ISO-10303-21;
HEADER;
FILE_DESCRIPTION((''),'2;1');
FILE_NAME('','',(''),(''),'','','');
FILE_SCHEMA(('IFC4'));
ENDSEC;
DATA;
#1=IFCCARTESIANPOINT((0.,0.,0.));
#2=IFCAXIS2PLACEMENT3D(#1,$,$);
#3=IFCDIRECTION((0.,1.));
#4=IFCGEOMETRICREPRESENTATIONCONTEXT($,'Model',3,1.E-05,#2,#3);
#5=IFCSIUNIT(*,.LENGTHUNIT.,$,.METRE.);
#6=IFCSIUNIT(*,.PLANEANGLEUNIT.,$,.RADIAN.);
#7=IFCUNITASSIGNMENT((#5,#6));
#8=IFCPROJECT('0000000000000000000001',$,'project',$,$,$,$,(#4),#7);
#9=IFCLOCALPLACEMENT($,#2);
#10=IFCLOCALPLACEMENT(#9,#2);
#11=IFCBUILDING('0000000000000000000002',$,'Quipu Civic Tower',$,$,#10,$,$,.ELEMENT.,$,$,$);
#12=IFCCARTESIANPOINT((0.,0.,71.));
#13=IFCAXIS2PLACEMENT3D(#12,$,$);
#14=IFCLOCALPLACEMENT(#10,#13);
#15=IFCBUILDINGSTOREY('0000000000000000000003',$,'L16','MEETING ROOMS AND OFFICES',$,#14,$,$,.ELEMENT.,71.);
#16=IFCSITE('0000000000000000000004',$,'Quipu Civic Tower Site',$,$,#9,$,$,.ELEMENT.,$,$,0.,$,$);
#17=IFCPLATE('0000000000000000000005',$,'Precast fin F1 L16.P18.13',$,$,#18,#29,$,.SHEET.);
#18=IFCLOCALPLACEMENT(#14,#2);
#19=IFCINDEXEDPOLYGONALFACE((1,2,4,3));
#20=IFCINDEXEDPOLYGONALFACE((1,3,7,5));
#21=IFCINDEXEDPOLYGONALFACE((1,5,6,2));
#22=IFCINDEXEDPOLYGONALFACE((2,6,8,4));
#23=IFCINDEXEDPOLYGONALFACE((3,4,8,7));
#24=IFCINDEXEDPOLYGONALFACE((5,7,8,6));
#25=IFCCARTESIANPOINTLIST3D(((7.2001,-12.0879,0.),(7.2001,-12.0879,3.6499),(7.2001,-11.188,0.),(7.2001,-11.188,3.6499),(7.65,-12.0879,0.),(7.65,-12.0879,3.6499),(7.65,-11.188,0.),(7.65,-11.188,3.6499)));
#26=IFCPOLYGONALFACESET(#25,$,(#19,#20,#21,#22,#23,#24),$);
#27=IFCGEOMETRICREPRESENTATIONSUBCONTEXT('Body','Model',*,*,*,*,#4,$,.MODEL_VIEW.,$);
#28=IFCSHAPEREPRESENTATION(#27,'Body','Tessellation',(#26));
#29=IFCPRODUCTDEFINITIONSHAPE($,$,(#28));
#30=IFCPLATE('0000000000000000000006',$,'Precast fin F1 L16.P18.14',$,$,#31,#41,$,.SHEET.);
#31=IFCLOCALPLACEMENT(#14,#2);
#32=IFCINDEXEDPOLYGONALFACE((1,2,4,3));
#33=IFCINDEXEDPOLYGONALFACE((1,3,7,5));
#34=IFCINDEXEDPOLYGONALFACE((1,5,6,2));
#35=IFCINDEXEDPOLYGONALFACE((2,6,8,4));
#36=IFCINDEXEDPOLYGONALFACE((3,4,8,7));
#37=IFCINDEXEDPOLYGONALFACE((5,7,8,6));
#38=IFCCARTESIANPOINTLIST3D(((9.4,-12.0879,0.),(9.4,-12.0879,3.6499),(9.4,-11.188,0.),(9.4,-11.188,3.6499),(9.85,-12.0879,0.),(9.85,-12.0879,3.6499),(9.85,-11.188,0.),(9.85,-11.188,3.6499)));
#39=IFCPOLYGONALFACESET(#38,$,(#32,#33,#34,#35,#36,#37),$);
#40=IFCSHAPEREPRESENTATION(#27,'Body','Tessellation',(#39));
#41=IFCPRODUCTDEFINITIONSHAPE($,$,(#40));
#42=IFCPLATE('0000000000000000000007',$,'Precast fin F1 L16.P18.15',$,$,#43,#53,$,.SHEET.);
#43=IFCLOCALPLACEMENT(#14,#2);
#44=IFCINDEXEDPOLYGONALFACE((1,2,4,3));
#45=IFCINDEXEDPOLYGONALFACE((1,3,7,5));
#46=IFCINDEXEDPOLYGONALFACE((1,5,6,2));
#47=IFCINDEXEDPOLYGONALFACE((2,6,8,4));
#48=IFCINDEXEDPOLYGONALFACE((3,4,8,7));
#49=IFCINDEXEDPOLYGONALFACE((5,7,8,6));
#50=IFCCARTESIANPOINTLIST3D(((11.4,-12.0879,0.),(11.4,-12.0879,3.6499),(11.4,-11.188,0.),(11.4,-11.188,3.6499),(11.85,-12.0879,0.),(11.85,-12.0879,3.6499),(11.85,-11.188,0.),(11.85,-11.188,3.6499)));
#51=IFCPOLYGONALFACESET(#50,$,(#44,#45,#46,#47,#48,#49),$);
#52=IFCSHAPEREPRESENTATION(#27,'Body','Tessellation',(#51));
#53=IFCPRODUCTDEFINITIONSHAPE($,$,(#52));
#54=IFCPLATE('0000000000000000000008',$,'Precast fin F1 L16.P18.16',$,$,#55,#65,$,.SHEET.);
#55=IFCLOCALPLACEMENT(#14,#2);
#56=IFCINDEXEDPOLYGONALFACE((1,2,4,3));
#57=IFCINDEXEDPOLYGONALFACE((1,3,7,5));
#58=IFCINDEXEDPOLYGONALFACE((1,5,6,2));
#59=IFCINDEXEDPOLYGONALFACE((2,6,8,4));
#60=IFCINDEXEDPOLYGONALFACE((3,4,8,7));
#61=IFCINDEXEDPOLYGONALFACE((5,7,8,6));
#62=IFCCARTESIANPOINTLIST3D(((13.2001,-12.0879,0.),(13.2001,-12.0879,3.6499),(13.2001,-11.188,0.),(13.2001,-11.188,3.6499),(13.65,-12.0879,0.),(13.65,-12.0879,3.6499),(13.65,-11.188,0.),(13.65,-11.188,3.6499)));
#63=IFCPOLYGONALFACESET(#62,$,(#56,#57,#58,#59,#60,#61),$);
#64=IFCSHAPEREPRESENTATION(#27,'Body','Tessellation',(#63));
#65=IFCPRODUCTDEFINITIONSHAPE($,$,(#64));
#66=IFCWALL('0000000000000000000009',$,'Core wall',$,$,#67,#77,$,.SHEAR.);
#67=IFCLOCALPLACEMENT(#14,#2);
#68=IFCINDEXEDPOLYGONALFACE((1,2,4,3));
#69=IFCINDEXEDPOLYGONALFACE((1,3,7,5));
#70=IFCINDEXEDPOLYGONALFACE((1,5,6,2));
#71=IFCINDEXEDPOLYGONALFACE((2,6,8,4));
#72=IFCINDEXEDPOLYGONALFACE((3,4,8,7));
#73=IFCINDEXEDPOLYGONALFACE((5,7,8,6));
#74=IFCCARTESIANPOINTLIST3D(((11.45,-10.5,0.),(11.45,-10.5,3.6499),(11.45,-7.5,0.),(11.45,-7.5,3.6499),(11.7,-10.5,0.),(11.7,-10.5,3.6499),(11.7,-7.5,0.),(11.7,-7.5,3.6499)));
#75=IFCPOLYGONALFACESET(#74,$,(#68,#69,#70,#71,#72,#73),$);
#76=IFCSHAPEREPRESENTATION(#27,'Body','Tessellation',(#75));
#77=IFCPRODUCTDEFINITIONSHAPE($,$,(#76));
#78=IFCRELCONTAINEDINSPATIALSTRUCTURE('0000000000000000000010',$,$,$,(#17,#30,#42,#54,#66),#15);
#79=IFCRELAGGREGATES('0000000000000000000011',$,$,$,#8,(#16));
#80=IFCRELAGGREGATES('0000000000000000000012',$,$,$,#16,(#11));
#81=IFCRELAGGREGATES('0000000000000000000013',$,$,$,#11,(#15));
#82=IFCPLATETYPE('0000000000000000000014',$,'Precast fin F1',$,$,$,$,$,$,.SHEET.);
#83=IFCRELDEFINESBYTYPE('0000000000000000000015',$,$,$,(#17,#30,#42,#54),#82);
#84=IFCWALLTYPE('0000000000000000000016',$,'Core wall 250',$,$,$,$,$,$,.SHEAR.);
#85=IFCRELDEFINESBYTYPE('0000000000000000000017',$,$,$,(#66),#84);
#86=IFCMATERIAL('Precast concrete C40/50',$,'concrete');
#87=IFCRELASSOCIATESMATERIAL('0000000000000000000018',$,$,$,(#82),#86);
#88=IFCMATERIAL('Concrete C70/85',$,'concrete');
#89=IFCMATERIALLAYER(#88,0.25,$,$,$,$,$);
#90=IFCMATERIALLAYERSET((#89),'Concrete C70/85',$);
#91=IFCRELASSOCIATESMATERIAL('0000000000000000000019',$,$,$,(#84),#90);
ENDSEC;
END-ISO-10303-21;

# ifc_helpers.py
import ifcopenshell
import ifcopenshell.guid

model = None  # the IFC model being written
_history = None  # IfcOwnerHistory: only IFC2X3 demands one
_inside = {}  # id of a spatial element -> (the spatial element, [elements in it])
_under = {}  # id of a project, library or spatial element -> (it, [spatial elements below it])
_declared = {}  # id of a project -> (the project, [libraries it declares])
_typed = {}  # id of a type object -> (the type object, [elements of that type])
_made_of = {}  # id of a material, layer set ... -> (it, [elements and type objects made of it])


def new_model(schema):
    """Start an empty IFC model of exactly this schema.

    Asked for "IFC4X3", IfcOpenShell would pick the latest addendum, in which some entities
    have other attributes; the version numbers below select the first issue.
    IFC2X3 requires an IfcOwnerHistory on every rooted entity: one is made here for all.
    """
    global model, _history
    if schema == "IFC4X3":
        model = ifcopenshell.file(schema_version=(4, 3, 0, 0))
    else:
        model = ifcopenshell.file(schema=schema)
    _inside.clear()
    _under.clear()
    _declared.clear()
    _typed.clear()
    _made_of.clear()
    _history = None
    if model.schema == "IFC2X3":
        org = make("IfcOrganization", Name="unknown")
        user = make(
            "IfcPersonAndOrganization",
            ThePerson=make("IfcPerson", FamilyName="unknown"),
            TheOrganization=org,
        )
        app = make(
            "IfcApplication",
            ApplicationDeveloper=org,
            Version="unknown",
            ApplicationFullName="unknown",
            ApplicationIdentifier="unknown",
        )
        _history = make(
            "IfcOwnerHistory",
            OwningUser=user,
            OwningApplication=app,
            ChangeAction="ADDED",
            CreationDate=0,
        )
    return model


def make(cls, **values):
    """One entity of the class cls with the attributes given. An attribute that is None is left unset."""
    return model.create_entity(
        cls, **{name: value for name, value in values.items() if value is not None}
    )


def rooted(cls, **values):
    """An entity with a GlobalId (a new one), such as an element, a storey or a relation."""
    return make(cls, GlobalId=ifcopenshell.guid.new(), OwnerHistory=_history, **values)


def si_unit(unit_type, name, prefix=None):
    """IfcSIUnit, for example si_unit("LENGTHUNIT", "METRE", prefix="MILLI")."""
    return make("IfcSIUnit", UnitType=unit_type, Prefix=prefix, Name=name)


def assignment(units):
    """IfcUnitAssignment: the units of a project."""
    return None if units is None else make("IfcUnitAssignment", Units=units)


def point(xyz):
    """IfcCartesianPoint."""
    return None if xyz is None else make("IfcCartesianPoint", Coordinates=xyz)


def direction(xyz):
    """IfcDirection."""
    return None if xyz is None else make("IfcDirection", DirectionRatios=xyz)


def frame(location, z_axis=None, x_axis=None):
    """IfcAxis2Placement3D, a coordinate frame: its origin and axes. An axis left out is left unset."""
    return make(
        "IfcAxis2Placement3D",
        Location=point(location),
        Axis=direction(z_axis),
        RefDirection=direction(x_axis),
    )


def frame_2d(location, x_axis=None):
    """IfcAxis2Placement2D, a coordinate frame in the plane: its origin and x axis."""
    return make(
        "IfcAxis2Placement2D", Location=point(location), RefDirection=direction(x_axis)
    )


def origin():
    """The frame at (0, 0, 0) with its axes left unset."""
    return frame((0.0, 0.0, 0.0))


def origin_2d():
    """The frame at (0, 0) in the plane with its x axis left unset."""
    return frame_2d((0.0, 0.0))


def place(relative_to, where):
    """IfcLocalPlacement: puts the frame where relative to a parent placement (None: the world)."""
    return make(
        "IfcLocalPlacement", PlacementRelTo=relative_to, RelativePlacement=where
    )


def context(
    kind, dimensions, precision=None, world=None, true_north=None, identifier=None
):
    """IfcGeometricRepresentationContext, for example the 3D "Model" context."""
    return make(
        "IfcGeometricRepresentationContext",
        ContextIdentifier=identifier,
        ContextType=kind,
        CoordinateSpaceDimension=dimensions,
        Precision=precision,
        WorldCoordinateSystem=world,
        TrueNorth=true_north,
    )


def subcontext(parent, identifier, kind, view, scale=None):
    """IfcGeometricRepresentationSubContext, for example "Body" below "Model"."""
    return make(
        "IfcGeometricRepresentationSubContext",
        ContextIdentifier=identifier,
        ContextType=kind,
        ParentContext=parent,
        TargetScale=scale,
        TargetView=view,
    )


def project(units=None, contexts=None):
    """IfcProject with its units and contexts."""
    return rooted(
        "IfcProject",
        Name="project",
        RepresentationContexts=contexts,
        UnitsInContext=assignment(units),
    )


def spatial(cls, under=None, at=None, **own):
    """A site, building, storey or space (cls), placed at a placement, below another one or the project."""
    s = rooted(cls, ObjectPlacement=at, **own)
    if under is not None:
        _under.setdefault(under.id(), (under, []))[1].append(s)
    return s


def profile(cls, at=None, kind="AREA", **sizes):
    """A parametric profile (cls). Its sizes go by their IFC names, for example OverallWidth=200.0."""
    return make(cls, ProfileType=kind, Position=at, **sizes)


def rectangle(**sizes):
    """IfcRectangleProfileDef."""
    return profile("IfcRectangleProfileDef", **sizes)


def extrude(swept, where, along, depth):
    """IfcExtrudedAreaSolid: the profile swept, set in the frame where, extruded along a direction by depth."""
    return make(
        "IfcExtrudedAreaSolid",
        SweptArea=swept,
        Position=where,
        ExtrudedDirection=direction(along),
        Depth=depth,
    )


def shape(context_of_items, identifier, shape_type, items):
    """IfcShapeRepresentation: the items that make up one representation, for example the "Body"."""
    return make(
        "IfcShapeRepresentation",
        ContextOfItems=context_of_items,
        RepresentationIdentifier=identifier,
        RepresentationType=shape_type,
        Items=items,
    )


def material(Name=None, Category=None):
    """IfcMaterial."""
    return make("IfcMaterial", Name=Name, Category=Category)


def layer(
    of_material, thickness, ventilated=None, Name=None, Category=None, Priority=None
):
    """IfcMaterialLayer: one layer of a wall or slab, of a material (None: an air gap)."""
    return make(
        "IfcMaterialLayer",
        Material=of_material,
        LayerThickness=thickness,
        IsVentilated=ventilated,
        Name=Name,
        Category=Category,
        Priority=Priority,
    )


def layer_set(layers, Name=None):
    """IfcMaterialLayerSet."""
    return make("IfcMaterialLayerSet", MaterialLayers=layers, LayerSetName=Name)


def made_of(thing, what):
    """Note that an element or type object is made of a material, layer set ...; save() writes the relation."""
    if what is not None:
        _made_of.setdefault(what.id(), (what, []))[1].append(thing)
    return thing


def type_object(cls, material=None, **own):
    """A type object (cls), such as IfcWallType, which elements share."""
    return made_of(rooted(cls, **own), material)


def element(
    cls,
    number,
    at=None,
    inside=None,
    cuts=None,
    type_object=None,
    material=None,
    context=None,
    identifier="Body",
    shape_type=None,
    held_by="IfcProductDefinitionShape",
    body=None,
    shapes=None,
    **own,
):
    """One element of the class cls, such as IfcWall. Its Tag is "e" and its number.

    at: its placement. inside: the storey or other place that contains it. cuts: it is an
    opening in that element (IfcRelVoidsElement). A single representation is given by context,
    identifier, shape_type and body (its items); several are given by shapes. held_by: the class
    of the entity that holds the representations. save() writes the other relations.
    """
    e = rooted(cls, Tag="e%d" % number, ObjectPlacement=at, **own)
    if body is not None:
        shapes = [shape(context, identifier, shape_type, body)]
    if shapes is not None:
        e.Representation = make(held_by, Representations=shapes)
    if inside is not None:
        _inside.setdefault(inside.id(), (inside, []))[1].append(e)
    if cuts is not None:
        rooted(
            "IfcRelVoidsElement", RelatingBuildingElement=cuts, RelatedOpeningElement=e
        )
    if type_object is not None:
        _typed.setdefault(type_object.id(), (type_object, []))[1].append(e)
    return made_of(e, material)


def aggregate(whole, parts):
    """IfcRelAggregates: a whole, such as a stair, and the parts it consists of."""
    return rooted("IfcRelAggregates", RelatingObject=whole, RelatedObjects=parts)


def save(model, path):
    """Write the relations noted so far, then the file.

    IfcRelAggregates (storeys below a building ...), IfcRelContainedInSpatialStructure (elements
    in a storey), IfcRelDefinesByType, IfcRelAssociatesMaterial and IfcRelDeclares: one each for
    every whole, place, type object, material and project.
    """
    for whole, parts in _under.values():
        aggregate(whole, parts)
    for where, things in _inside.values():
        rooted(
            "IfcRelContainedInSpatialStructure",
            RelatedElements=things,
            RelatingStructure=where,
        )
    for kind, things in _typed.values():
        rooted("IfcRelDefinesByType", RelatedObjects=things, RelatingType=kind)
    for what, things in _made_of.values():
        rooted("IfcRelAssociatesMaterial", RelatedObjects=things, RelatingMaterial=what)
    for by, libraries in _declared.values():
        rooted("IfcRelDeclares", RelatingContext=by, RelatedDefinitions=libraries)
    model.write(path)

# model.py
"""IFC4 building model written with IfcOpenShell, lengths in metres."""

from ifc_helpers import new_model, si_unit, direction, frame, frame_2d, origin, origin_2d, place, context, subcontext, project, spatial, rectangle, extrude, material, layer, layer_set, type_object, element, save


model = new_model("IFC4")

# Units and contexts
model_context = context("Model", 3, precision=1e-05, world=origin(), true_north=direction((0.0, 1.0)))
body_context = subcontext(model_context, "Body", "Model", "MODEL_VIEW")
ifc_project = project(units=[si_unit("LENGTHUNIT", "METRE"), si_unit("PLANEANGLEUNIT", "RADIAN")], contexts=[model_context])

# Site, building, storey
site_placement = place(None, origin())
site = spatial("IfcSite", under=ifc_project, at=site_placement, Name="Quipu Civic Tower Site", CompositionType="ELEMENT", RefElevation=0.0)
building_placement = place(site_placement, origin())
building = spatial("IfcBuilding", under=site, at=building_placement, Name="Quipu Civic Tower", CompositionType="ELEMENT")
storey_placement = place(building_placement, frame((0.0, 0.0, 71.0)))
storey = spatial("IfcBuildingStorey", under=building, at=storey_placement, Name="L16", Description="MEETING ROOMS AND OFFICES", CompositionType="ELEMENT", Elevation=71.0)

# Plates
ifc_material_1 = material(Name="Precast concrete C40/50", Category="concrete")
plate_type = type_object("IfcPlateType", Name="Precast fin F1", PredefinedType="SHEET", material=ifc_material_1)
for number, where, z_axis, x_axis, name in (
    (1, (7.425, -11.6379, 0.0), (0.0, 0.0, 1.0), (1.0, 0.0, 0.0), "Precast fin F1 L16.P18.13"),
    (2, (9.625, -11.6379, 0.0), (0.0, 0.0, 1.0), (1.0, 0.0, 0.0), "Precast fin F1 L16.P18.14"),
    (3, (11.625, -11.6379, 0.0), (0.0, 0.0, 1.0), (1.0, 0.0, 0.0), "Precast fin F1 L16.P18.15"),
    (4, (13.425, -11.6379, 0.0), (0.0, 0.0, 1.0), (1.0, 0.0, 0.0), "Precast fin F1 L16.P18.16"),
):
    element("IfcPlate", number, at=place(storey_placement, frame(where, z_axis=z_axis, x_axis=x_axis)), inside=storey, type_object=plate_type, Name=name, PredefinedType="SHEET", context=body_context, shape_type="SweptSolid", body=[
        extrude(rectangle(XDim=0.45, YDim=0.8999, at=origin_2d()), origin(), (0.0, 0.0, 1.0), 3.6499),
    ])

# Wall
ifc_material_2 = material(Name="Concrete C70/85", Category="concrete")
ifc_layer_1 = layer(ifc_material_2, 0.25)
ifc_layer_set_1 = layer_set([ifc_layer_1], Name="Concrete C70/85")
wall_type_1 = type_object("IfcWallType", Name="Core wall 250", PredefinedType="SHEAR", material=ifc_layer_set_1)
wall_1_placement = place(storey_placement, frame((11.575, -10.5, 0.0), z_axis=(0.0, 0.0, 1.0), x_axis=(0.0, 1.0, 0.0)))
element("IfcWall", 5, at=wall_1_placement, inside=storey, type_object=wall_type_1, Name="Core wall", PredefinedType="SHEAR", context=body_context, shape_type="SweptSolid", body=[
    extrude(rectangle(XDim=3.0, YDim=0.25, at=frame_2d((1.5, 0.0))), origin(), (0.0, 0.0, 1.0), 3.6499),
])

save(model, "model.ifc")
